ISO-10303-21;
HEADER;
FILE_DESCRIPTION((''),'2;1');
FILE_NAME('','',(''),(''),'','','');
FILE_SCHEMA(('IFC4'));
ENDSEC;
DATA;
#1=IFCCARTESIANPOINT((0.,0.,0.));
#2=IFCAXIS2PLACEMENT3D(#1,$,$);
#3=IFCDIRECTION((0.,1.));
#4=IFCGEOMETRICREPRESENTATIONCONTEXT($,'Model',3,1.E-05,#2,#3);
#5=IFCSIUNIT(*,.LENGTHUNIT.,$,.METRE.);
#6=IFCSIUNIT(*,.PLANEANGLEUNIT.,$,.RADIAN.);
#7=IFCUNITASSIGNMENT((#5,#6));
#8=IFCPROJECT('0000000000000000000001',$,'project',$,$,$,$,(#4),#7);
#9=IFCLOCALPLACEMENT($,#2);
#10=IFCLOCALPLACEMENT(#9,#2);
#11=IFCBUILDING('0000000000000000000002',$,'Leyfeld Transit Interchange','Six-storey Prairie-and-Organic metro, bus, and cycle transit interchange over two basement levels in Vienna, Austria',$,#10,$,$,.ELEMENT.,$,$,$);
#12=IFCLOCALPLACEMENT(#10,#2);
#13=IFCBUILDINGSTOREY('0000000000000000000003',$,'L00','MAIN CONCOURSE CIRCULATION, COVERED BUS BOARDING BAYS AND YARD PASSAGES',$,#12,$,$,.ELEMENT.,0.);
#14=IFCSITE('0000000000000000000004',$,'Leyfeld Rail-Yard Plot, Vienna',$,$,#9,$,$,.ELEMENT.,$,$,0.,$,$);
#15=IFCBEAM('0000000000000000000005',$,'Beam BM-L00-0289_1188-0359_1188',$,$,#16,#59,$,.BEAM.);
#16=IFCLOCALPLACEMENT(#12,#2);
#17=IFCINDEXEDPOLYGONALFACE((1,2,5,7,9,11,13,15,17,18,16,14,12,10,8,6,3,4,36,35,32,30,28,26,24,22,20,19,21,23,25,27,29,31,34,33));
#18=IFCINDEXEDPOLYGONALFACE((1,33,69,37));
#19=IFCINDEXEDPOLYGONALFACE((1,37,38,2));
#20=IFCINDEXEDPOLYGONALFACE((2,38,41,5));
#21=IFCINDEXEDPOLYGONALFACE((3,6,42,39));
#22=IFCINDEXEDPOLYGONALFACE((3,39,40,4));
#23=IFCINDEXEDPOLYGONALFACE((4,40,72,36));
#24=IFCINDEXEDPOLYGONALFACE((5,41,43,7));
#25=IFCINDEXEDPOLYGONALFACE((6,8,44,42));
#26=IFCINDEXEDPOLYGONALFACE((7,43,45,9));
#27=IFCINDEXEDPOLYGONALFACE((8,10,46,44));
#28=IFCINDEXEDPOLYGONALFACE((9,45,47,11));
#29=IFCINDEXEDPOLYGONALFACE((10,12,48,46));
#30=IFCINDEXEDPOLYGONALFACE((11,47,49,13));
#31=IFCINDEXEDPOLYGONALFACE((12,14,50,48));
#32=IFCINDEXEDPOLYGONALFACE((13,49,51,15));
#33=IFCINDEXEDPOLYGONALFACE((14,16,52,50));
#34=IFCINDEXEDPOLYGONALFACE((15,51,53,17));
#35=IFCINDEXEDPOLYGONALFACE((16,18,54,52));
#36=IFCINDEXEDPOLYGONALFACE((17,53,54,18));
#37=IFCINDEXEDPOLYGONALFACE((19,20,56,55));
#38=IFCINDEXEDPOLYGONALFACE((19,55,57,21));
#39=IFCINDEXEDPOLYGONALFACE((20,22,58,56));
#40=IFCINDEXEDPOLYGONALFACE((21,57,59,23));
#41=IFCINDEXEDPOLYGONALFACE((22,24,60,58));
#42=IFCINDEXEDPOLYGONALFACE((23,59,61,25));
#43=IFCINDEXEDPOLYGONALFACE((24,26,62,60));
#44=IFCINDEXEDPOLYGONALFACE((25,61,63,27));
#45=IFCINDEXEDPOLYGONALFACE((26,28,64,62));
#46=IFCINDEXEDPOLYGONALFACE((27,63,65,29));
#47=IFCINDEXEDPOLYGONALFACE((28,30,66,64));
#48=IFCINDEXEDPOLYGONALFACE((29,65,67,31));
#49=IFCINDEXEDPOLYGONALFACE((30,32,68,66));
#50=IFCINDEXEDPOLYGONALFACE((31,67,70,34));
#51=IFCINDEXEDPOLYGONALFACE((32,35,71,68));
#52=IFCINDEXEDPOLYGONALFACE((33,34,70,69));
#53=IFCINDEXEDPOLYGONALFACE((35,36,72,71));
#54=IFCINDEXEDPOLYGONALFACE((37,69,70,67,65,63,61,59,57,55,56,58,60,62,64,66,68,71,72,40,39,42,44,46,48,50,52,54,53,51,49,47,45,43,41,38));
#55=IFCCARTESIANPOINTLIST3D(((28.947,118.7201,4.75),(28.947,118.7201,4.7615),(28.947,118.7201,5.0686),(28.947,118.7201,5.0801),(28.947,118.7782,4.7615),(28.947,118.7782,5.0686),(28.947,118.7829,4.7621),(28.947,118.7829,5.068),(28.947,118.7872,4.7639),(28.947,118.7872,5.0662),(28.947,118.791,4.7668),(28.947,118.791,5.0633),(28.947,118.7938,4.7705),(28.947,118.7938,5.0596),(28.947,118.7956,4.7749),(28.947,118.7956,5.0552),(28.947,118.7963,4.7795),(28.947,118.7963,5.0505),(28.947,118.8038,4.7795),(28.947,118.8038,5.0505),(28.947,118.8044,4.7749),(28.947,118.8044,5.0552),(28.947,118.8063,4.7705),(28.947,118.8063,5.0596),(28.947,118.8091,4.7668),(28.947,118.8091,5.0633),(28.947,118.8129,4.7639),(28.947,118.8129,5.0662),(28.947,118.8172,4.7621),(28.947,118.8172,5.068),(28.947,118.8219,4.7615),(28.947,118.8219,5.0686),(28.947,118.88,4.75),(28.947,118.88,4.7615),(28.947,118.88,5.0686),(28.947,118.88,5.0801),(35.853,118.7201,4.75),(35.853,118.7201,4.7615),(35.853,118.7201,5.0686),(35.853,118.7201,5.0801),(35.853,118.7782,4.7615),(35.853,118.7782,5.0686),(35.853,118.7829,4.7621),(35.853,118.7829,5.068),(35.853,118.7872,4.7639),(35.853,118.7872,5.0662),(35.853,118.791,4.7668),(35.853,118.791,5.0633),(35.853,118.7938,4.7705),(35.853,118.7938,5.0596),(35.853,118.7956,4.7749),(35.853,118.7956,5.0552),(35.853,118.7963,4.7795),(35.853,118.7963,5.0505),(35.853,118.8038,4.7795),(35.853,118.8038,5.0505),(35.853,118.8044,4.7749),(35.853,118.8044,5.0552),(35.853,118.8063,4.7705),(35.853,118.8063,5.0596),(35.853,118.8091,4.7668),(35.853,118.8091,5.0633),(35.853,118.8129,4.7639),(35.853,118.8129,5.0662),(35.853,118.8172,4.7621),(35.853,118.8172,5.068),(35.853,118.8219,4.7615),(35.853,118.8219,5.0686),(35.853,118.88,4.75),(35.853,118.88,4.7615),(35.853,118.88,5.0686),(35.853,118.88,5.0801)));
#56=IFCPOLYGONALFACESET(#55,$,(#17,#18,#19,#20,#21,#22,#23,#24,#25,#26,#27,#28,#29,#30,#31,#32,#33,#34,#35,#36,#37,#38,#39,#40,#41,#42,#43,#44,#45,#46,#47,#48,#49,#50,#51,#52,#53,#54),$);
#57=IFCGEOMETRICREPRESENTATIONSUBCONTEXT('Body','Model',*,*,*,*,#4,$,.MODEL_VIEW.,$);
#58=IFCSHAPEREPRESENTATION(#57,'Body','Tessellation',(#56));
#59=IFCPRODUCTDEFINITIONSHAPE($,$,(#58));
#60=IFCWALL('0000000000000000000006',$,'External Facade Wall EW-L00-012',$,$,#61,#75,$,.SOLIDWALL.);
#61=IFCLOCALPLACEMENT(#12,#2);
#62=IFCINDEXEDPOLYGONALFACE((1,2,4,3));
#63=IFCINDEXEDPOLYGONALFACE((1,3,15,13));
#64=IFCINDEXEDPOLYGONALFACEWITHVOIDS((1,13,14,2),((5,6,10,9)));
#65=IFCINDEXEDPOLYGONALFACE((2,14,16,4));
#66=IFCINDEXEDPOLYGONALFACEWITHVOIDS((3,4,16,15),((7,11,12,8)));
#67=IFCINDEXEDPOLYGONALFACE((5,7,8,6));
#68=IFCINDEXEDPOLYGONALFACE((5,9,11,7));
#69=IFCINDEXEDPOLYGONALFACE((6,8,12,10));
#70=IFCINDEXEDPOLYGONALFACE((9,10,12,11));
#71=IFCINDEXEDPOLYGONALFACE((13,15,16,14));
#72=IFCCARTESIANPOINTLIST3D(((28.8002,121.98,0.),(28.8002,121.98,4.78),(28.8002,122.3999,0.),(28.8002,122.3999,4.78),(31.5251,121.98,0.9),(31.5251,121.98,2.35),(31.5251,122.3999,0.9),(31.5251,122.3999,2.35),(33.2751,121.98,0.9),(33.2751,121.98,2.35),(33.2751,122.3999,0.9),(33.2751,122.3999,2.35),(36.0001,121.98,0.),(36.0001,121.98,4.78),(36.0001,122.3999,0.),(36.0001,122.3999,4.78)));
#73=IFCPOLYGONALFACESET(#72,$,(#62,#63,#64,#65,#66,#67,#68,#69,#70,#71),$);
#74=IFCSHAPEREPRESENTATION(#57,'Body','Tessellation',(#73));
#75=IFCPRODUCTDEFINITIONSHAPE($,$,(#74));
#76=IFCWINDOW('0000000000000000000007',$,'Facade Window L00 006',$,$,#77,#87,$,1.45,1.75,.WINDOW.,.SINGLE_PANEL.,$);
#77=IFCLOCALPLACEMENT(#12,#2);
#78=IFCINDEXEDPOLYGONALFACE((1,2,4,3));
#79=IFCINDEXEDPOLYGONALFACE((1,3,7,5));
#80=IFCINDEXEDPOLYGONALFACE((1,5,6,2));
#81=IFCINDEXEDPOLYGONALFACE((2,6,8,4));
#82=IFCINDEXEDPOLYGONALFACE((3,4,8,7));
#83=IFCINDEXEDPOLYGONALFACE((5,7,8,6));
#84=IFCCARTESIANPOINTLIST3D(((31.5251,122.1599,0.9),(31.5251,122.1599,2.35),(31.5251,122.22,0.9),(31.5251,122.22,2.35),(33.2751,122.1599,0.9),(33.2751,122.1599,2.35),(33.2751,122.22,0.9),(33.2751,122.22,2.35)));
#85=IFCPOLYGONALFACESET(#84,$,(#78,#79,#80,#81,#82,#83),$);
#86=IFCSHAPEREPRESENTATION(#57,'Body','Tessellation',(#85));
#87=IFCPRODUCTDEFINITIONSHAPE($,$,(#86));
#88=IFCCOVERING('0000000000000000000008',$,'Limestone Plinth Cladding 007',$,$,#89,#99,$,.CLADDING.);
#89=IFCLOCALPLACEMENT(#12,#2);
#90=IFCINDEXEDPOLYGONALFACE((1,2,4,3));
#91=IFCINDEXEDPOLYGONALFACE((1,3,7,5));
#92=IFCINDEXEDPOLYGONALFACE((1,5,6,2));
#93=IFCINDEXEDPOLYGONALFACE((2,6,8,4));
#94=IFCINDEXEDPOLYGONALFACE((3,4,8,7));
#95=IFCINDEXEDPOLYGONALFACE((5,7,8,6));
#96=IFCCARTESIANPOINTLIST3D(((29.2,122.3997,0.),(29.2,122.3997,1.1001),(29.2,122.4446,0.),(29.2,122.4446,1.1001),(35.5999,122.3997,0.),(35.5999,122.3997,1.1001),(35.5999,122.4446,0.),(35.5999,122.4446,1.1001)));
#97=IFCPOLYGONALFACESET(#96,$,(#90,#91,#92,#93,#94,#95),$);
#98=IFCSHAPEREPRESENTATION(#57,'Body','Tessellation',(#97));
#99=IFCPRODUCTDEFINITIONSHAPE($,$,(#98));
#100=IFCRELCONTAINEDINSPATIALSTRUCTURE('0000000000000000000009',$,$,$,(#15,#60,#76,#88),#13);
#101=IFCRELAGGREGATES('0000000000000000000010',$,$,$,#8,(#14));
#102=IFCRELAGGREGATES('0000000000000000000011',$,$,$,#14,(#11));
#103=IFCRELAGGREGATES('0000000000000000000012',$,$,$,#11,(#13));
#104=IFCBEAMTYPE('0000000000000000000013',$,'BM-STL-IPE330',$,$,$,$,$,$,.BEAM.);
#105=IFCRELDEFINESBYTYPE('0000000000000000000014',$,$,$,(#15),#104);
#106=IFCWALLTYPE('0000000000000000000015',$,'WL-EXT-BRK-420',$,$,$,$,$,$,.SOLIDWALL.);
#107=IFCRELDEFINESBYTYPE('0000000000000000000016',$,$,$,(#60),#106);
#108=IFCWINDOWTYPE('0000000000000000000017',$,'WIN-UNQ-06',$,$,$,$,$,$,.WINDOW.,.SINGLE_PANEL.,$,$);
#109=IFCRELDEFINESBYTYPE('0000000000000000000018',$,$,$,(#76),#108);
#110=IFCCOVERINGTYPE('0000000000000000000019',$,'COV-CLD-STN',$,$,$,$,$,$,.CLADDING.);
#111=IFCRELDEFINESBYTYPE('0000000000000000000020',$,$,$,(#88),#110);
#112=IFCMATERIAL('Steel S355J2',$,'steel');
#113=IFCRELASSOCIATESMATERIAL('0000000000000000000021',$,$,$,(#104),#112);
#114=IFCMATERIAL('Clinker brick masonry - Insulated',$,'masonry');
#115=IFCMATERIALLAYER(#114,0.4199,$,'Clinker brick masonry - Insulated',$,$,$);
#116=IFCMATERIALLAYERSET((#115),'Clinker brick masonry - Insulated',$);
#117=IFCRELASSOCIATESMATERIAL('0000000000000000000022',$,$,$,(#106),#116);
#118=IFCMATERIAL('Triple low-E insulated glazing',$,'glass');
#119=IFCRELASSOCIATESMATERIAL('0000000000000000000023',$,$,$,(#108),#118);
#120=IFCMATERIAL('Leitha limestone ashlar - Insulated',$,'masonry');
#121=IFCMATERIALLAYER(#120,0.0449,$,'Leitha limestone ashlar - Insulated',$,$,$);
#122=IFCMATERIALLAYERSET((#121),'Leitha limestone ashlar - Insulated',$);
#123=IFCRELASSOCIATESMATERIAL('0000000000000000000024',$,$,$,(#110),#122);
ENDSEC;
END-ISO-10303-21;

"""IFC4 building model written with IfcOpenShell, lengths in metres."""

from ifc_helpers import new_model, si_unit, direction, frame, frame_2d, origin, origin_2d, place, context, subcontext, project, spatial, rectangle, i_section, extrude, material, layer, layer_set, material_profile, profile_set, type_object, element, fill, save


model = new_model("IFC4")

# Units and contexts
model_context = context("Model", 3, precision=1e-05, world=origin(), true_north=direction((0.0, 1.0)))
body_context = subcontext(model_context, "Body", "Model", "MODEL_VIEW")
ifc_project = project(units=[si_unit("LENGTHUNIT", "METRE"), si_unit("PLANEANGLEUNIT", "RADIAN")], contexts=[model_context])

# Site, building, storey
site_placement = place(None, origin())
site = spatial("IfcSite", under=ifc_project, at=site_placement, Name="Leyfeld Rail-Yard Plot, Vienna", CompositionType="ELEMENT", RefElevation=0.0)
building_placement = place(site_placement, origin())
building = spatial("IfcBuilding", under=site, at=building_placement, Name="Leyfeld Transit Interchange", Description="Six-storey Prairie-and-Organic metro, bus, and cycle transit interchange over two basement levels in Vienna, Austria", CompositionType="ELEMENT")
storey_placement = place(building_placement, origin())
storey = spatial("IfcBuildingStorey", under=building, at=storey_placement, Name="L00", Description="MAIN CONCOURSE CIRCULATION, COVERED BUS BOARDING BAYS AND YARD PASSAGES", CompositionType="ELEMENT", Elevation=0.0)

# Beam
ifc_material_1 = material(Name="Steel S355J2", Category="steel")
ifc_material_profile_1 = material_profile(ifc_material_1, i_section(OverallWidth=0.1599, OverallDepth=0.3301, WebThickness=0.0076, FlangeThickness=0.0115, FilletRadius=0.0181, at=origin_2d()), Name="IPE 330")
ifc_profile_set_1 = profile_set([ifc_material_profile_1], Name="Steel S355J2")
beam_type_1 = type_object("IfcBeamType", Name="BM-STL-IPE330", PredefinedType="BEAM", material=ifc_profile_set_1)
for number, where, z_axis, x_axis, name in (
    (1, (28.947, 118.8, 4.915), (1.0, 0.0, 0.0), (0.0, 1.0, 0.0), "Beam BM-L00-0289_1188-0359_1188"),
):
    element("IfcBeam", number, at=place(storey_placement, frame(where, z_axis=z_axis, x_axis=x_axis)), inside=storey, type_object=beam_type_1, Name=name, PredefinedType="BEAM", context=body_context, shape_type="SweptSolid", body=[
        extrude(i_section(OverallWidth=0.1599, OverallDepth=0.3301, WebThickness=0.0076, FlangeThickness=0.0115, FilletRadius=0.0181, at=origin_2d()), origin(), (0.0, 0.0, 1.0), 6.906),
    ])

# Wall, opening, window
ifc_material_2 = material(Name="Clinker brick masonry - Insulated", Category="masonry")
ifc_layer_1 = layer(ifc_material_2, 0.4199, Name="Clinker brick masonry - Insulated")
ifc_layer_set_1 = layer_set([ifc_layer_1], Name="Clinker brick masonry - Insulated")
wall_type = type_object("IfcWallType", Name="WL-EXT-BRK-420", PredefinedType="SOLIDWALL", material=ifc_layer_set_1)
wall_placement = place(storey_placement, frame((28.8, 122.1899, 0.0), z_axis=(0.0, 0.0, 1.0), x_axis=(1.0, 0.0, 0.0)))
wall = element("IfcWall", 2, at=wall_placement, inside=storey, type_object=wall_type, Name="External Facade Wall EW-L00-012", PredefinedType="SOLIDWALL", context=body_context, shape_type="SweptSolid", body=[
    extrude(rectangle(XDim=7.2, YDim=0.4199, at=frame_2d((3.6001, 0.0))), origin(), (0.0, 0.0, 1.0), 4.78),
])
opening_placement = place(wall_placement, frame((2.7251, 0.0, 0.8999)))
opening = element("IfcOpeningElement", 3, at=opening_placement, cuts=wall, PredefinedType="OPENING", context=body_context, shape_type="SweptSolid", body=[
    extrude(rectangle(XDim=1.75, YDim=1.45, at=frame_2d((0.875, 0.7251))), frame((0.0, 0.22, 0.0), z_axis=(0.0, -1.0, 0.0), x_axis=(1.0, 0.0, 0.0)), (0.0, 0.0, 1.0), 0.4399),
])
ifc_material_3 = material(Name="Triple low-E insulated glazing", Category="glass")
window_type = type_object("IfcWindowType", Name="WIN-UNQ-06", PartitioningType="SINGLE_PANEL", PredefinedType="WINDOW", material=ifc_material_3)
window_placement = place(opening_placement, origin())
window = element("IfcWindow", 4, at=window_placement, inside=storey, type_object=window_type, Name="Facade Window L00 006", OverallHeight=1.45, OverallWidth=1.75, PartitioningType="SINGLE_PANEL", PredefinedType="WINDOW", context=body_context, shape_type="SweptSolid", body=[
    extrude(rectangle(XDim=1.75, YDim=1.45, at=frame_2d((0.875, 0.7251))), frame((0.0, 0.03, 0.0), z_axis=(0.0, -1.0, 0.0), x_axis=(1.0, 0.0, 0.0)), (0.0, 0.0, 1.0), 0.0601),
])
fill(opening, window)

# Covering
ifc_material_4 = material(Name="Leitha limestone ashlar - Insulated", Category="masonry")
ifc_layer_2 = layer(ifc_material_4, 0.0449, Name="Leitha limestone ashlar - Insulated")
ifc_layer_set_2 = layer_set([ifc_layer_2], Name="Leitha limestone ashlar - Insulated")
covering_type = type_object("IfcCoveringType", Name="COV-CLD-STN", PredefinedType="CLADDING", material=ifc_layer_set_2)
covering_placement = place(storey_placement, frame((32.3999, 122.4221, 0.0), z_axis=(0.0, 0.0, 1.0), x_axis=(1.0, 0.0, 0.0)))
element("IfcCovering", 5, at=covering_placement, inside=storey, type_object=covering_type, Name="Limestone Plinth Cladding 007", PredefinedType="CLADDING", context=body_context, shape_type="SweptSolid", body=[
    extrude(rectangle(XDim=6.3999, YDim=0.0449, at=origin_2d()), origin(), (0.0, 0.0, 1.0), 1.1001),
])

save(model, "model.ifc")
